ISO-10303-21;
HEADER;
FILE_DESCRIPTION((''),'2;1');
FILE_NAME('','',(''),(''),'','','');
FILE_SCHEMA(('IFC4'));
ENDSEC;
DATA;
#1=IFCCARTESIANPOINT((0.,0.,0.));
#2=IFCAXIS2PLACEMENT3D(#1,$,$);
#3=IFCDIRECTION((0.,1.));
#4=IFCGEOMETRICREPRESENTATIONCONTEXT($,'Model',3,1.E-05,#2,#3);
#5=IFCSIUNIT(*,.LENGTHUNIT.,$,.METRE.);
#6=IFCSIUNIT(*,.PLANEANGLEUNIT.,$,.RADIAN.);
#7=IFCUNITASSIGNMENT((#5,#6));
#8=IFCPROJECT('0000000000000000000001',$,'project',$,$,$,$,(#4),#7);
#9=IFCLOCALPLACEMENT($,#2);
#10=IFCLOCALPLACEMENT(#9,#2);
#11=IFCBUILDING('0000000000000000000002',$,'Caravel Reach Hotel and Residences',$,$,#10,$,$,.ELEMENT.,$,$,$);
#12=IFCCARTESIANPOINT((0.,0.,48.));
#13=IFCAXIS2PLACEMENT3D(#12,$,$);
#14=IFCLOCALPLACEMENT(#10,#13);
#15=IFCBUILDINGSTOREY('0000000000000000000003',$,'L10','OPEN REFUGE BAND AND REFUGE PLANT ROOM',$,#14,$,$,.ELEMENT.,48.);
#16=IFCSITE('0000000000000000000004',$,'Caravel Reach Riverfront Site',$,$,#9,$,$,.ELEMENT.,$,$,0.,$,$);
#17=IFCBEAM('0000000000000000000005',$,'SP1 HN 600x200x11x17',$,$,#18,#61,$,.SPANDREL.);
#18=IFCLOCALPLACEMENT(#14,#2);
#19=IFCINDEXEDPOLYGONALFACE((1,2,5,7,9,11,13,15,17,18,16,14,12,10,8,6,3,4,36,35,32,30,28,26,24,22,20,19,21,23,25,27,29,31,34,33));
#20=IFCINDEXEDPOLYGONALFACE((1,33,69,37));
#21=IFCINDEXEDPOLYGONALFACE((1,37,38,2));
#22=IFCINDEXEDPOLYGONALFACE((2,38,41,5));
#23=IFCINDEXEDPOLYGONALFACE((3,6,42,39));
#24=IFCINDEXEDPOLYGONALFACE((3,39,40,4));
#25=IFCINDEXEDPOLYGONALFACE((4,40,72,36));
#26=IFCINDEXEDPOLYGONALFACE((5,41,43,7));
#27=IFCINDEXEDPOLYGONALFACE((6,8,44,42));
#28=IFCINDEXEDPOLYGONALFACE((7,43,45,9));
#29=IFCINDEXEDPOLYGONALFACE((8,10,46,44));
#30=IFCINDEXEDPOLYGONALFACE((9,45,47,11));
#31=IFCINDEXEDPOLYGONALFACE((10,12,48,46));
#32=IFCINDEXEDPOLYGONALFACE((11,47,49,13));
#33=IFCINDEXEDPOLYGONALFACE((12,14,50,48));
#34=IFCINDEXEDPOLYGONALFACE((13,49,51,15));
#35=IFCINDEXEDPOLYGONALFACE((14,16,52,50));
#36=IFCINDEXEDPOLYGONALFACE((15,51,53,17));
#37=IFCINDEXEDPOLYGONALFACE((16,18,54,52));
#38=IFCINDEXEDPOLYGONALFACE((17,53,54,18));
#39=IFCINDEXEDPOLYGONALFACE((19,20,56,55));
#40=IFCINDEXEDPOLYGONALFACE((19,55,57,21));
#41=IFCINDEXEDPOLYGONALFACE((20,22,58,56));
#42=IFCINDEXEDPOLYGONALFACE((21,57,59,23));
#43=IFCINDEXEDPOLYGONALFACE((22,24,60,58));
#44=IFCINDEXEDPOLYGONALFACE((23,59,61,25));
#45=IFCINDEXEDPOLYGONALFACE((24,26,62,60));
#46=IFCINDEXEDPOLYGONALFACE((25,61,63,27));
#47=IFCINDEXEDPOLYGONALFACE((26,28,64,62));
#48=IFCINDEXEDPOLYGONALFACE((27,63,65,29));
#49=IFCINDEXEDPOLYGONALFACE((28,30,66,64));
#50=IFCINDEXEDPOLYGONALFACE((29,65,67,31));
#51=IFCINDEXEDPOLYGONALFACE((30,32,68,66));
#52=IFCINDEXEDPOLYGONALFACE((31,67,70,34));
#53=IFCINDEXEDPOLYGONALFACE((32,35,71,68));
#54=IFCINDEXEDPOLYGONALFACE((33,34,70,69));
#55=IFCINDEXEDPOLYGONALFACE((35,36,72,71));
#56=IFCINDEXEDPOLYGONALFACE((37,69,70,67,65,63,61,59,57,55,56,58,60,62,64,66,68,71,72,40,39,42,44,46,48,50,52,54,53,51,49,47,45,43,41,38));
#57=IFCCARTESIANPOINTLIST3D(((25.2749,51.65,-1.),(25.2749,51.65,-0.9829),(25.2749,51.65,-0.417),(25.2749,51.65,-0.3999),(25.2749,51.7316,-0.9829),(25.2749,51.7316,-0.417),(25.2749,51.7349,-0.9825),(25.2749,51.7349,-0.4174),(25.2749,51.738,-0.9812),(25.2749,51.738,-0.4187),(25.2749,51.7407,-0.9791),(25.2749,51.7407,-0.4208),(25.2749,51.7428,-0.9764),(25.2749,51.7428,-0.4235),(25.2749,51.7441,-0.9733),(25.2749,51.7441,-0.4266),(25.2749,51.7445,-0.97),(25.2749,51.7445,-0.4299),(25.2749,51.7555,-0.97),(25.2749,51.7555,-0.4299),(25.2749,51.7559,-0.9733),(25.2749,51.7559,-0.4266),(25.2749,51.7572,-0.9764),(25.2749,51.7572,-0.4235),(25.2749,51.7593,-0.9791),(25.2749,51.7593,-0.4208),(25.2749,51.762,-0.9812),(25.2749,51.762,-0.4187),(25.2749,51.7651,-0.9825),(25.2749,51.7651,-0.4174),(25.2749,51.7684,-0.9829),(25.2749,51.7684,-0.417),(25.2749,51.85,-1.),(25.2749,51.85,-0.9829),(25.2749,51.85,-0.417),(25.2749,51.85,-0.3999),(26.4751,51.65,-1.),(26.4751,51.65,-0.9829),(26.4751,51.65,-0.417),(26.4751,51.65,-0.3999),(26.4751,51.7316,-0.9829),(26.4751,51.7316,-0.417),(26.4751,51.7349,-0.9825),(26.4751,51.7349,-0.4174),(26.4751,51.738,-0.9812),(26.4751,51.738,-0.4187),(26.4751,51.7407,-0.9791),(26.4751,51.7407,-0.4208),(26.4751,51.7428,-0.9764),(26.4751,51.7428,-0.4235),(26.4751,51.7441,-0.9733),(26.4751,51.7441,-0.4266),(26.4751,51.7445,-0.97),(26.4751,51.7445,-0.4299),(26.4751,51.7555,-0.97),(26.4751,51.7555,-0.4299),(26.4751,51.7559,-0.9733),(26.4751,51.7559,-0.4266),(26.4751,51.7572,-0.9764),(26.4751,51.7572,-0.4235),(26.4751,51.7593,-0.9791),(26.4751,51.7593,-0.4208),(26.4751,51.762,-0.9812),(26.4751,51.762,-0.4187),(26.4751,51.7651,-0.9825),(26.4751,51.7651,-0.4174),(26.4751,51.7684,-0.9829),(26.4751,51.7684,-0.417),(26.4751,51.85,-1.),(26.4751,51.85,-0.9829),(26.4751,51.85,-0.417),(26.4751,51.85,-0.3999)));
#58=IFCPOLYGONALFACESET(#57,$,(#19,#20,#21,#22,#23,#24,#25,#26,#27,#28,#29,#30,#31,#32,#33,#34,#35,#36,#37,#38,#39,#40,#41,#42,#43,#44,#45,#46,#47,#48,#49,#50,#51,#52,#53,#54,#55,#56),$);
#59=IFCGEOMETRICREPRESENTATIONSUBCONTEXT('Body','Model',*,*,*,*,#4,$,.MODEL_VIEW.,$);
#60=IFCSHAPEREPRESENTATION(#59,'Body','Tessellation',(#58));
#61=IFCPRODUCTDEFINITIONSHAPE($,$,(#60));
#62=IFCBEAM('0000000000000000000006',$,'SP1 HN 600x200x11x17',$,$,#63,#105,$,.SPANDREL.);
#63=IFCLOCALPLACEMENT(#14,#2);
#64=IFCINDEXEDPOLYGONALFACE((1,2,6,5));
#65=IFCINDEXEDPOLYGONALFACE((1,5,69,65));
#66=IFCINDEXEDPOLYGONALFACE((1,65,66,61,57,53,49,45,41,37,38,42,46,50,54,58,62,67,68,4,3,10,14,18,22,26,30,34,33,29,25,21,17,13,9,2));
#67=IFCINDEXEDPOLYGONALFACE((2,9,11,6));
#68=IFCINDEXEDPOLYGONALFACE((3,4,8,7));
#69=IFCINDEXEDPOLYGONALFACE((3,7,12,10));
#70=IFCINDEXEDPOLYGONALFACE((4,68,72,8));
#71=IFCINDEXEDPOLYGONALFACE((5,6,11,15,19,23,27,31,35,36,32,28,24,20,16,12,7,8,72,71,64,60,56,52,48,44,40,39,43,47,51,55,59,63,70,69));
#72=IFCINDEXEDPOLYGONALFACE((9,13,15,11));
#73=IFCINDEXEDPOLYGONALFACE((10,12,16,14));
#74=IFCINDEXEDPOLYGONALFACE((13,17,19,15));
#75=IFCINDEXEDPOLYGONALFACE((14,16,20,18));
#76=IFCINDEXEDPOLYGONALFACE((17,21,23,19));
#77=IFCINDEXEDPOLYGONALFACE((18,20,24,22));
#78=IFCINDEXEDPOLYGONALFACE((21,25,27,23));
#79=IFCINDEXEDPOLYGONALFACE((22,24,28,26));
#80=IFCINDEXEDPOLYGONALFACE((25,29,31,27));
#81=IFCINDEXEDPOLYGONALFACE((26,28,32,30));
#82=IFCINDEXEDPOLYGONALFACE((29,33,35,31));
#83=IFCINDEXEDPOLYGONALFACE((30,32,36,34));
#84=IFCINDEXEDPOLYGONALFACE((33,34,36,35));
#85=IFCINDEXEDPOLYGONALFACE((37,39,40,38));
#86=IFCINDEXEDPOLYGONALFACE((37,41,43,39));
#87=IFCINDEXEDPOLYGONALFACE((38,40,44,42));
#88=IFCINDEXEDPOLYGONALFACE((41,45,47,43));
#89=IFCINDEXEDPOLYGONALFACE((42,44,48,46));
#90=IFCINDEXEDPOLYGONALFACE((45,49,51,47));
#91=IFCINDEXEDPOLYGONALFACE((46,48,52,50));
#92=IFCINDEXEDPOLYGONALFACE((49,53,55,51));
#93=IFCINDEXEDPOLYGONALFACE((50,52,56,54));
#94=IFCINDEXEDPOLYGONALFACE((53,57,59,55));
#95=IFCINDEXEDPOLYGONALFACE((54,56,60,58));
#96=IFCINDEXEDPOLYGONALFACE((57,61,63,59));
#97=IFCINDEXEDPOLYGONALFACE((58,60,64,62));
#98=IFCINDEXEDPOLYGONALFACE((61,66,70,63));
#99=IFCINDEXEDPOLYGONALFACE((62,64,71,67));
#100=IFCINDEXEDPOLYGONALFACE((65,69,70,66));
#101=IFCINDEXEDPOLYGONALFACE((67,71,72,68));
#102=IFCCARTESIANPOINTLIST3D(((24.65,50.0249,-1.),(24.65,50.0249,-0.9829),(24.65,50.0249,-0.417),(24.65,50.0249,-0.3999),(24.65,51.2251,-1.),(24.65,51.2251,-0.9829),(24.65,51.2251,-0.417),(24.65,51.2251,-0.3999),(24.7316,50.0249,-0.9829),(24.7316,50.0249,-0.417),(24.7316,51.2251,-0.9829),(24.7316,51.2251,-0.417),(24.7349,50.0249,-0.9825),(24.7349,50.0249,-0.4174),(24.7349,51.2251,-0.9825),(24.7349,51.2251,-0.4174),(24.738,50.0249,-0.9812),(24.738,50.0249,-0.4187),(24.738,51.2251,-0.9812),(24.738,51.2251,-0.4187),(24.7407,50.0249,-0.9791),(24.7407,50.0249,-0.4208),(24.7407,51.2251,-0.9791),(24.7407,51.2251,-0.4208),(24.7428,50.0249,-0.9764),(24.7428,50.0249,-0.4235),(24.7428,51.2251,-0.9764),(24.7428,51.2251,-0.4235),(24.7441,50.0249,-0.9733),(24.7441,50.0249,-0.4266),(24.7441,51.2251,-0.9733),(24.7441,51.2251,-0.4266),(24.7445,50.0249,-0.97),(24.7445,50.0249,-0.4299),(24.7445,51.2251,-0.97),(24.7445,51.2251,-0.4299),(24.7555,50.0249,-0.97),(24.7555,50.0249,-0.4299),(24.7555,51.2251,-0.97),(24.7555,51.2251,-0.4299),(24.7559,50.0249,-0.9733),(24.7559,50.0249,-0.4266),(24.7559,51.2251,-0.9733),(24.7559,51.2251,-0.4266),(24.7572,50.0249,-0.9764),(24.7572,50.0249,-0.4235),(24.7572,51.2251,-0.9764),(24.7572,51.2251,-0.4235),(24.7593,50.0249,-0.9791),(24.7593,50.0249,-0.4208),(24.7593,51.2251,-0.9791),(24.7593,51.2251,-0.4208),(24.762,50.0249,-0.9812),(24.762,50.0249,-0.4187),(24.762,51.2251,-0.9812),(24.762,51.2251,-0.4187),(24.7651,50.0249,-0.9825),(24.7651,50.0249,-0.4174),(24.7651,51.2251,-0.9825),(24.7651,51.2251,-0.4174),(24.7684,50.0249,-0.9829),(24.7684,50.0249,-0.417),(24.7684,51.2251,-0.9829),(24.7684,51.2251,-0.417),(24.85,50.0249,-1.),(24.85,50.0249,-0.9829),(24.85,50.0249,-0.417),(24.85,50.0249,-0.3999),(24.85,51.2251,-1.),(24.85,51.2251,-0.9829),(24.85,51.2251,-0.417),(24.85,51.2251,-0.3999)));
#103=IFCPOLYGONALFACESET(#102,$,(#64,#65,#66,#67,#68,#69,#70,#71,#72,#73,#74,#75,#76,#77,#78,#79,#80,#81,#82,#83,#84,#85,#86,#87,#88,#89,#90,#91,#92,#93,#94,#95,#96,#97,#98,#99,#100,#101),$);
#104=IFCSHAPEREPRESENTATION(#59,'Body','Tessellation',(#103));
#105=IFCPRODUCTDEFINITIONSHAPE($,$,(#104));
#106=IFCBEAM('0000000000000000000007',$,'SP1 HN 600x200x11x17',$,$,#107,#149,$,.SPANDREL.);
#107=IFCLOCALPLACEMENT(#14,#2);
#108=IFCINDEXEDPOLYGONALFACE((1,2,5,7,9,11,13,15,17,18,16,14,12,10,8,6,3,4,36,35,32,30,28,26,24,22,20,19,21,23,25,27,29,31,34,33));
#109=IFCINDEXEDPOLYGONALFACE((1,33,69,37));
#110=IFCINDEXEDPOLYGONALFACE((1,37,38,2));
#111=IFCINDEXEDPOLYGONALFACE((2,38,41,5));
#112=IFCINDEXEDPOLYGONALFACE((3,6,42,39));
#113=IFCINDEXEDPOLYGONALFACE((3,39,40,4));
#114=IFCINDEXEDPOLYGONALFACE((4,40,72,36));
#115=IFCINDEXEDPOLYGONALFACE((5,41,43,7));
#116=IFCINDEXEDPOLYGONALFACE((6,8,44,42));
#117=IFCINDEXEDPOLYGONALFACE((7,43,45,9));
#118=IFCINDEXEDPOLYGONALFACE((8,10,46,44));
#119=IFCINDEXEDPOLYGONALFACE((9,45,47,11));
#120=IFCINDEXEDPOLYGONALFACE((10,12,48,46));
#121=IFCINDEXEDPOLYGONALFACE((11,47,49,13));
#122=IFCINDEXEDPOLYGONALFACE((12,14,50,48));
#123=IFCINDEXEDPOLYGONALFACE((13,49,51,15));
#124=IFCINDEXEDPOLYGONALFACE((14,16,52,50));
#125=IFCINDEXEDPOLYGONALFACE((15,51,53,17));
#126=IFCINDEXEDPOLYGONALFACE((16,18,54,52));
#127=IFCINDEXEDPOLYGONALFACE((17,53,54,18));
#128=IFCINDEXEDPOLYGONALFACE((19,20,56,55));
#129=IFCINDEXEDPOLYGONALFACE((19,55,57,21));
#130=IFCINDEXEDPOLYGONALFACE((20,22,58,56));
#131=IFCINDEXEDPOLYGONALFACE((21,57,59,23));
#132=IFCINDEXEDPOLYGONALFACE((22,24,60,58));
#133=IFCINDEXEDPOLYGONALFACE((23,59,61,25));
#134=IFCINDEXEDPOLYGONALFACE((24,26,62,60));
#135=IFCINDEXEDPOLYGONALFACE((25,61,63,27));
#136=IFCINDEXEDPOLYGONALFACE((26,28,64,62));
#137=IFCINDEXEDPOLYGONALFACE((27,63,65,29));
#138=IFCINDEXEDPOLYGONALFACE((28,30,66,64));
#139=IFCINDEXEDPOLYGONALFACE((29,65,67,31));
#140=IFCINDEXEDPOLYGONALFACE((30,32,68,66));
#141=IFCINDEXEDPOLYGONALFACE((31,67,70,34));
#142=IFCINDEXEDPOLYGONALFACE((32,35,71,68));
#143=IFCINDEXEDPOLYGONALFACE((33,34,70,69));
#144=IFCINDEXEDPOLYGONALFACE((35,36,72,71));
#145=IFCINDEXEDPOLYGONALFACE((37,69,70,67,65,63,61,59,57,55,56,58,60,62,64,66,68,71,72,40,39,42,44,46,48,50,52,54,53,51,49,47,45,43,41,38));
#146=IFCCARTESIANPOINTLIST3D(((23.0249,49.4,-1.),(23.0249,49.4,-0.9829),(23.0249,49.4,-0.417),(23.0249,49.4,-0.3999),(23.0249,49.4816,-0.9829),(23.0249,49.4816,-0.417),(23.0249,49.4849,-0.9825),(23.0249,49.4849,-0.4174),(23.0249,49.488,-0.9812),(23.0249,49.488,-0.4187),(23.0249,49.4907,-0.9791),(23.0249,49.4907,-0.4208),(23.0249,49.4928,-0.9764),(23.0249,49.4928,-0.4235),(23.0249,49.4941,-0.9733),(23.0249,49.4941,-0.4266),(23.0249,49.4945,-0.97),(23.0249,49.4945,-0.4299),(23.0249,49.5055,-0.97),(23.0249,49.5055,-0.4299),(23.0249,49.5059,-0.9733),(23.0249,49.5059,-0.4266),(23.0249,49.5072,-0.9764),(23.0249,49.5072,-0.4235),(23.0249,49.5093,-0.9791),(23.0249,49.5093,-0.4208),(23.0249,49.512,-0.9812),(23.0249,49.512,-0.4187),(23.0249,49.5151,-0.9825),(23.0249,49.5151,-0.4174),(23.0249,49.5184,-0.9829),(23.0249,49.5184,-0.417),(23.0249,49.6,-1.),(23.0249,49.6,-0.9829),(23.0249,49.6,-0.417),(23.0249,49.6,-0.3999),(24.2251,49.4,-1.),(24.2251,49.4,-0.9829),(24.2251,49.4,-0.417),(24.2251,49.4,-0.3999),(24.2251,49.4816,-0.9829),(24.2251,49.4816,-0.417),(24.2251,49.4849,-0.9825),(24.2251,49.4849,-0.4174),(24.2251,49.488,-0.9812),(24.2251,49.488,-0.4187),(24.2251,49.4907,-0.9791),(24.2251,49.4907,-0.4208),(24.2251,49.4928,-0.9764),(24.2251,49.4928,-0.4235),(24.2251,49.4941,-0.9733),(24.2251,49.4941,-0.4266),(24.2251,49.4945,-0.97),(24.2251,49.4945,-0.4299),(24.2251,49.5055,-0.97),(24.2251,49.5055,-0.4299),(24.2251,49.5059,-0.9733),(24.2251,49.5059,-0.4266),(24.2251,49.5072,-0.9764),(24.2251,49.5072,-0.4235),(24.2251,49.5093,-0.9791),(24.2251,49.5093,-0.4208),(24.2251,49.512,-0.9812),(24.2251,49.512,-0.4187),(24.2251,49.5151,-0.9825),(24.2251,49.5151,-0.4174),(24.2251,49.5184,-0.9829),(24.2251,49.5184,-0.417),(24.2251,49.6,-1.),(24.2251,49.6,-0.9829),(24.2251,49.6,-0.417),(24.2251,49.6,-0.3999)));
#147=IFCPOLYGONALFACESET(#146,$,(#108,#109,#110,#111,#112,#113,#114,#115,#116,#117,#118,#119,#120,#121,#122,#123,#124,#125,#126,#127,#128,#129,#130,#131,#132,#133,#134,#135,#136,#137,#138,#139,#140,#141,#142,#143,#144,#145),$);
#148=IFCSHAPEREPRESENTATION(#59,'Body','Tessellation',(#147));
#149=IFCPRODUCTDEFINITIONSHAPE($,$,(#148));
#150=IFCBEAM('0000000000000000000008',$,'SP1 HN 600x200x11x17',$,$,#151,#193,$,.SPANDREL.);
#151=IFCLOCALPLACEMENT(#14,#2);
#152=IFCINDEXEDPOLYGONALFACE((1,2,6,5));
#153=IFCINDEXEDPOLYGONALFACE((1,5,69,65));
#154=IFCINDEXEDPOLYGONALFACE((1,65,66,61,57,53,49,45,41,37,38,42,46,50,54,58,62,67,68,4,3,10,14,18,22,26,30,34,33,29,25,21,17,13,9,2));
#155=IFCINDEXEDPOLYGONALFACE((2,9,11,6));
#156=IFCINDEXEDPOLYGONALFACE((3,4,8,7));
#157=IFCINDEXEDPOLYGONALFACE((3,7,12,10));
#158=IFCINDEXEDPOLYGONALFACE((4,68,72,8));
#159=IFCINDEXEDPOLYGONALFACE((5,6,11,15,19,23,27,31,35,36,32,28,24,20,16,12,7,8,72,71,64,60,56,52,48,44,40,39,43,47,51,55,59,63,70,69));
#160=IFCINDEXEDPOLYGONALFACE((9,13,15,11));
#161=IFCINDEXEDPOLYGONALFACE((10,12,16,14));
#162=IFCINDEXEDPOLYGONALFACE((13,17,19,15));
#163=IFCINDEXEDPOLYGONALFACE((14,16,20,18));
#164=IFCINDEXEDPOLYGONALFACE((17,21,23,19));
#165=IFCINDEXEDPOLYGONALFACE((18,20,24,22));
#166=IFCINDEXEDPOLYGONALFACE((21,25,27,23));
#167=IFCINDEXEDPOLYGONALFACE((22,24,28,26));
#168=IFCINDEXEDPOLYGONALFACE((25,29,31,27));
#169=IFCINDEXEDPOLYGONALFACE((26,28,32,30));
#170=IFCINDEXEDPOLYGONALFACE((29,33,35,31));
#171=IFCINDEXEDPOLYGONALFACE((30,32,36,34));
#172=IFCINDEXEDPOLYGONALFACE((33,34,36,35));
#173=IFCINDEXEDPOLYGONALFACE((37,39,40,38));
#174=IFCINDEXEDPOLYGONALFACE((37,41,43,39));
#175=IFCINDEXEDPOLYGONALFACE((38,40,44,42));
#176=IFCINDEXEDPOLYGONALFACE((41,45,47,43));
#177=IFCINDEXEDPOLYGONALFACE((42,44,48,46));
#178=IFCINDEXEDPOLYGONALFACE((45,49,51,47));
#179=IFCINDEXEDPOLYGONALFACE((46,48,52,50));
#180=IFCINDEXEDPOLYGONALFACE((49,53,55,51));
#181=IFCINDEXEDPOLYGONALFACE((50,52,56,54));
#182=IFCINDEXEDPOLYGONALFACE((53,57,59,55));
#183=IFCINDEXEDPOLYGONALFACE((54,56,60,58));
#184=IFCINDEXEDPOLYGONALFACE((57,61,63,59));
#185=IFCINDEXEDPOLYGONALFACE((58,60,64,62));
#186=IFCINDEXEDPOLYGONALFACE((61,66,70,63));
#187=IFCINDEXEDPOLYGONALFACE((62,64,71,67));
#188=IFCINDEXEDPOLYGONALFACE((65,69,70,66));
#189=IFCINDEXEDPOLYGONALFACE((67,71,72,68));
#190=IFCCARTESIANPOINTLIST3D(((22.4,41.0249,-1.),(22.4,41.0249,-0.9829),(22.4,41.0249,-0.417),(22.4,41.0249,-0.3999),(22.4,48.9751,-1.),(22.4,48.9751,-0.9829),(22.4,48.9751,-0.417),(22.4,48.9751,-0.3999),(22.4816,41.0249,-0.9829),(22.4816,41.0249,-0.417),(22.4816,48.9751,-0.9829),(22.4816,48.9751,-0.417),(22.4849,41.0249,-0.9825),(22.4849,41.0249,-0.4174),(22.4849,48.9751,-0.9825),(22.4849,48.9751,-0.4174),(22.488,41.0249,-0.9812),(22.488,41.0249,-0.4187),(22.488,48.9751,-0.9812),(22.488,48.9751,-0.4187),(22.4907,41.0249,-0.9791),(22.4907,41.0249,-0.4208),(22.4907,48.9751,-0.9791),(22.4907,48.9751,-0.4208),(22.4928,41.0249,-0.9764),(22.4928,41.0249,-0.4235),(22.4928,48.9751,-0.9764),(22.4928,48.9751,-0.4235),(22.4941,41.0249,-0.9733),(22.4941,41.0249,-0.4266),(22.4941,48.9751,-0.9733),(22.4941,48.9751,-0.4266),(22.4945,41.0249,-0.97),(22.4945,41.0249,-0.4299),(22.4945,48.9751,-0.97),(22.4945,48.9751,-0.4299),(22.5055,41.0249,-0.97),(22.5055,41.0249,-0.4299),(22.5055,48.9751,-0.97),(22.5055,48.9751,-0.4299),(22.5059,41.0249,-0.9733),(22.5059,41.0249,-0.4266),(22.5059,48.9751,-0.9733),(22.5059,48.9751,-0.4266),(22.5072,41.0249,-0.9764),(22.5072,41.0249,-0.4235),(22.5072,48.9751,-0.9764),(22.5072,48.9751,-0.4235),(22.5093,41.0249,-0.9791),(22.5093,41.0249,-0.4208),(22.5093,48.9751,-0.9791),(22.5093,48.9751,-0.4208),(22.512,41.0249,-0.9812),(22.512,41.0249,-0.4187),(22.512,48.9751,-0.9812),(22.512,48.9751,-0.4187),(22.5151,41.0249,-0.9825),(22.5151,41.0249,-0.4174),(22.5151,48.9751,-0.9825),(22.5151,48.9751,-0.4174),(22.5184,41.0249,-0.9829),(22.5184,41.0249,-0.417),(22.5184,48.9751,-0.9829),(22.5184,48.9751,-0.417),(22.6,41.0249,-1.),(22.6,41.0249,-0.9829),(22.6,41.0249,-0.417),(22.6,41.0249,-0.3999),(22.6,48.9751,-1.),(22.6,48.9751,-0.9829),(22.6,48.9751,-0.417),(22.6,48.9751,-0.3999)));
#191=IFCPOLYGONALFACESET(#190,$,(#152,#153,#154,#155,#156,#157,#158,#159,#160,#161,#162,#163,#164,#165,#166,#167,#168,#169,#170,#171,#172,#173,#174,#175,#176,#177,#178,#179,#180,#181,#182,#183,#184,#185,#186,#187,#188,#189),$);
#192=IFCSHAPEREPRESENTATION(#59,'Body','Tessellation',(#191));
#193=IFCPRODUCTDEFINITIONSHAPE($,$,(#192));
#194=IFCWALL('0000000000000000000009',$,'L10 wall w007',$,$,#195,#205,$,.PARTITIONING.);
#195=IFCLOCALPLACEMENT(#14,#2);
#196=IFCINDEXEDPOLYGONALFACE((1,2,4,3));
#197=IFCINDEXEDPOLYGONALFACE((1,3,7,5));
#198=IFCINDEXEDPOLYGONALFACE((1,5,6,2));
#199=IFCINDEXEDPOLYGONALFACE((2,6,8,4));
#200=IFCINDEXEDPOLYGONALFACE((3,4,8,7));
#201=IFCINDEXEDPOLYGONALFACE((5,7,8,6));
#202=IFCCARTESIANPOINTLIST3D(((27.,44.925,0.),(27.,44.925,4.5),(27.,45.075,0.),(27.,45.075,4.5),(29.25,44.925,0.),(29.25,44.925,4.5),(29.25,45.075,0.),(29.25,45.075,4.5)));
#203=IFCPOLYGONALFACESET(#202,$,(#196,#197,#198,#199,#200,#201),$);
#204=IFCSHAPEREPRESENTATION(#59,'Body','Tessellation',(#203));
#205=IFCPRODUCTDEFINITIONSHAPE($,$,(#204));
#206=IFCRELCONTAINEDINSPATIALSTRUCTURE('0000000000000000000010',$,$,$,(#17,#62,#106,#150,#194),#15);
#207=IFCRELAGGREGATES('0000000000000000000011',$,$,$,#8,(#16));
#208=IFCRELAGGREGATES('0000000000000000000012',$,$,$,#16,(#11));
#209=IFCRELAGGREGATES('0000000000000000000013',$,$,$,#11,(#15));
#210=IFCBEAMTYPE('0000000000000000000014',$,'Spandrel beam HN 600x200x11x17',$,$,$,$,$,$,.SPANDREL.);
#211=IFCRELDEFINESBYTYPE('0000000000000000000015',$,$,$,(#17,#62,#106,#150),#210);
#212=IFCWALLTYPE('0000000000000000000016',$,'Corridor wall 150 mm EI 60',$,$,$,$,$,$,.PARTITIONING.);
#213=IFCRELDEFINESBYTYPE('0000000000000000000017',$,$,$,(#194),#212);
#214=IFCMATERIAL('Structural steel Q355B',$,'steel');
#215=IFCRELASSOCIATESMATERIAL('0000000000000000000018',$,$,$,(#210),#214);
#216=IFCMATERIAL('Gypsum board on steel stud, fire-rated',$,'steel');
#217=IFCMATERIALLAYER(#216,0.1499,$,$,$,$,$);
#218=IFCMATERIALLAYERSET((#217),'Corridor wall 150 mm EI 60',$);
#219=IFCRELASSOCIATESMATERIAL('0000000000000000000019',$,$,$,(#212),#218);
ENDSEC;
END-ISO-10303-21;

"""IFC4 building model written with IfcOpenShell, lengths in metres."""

from ifc_helpers import new_model, si_unit, direction, frame, frame_2d, origin, origin_2d, place, context, subcontext, project, spatial, rectangle, i_section, extrude, material, layer, layer_set, material_profile, profile_set, type_object, element, save


model = new_model("IFC4")

# Units and contexts
model_context = context("Model", 3, precision=1e-05, world=origin(), true_north=direction((0.0, 1.0)))
body_context = subcontext(model_context, "Body", "Model", "MODEL_VIEW")
ifc_project = project(units=[si_unit("LENGTHUNIT", "METRE"), si_unit("PLANEANGLEUNIT", "RADIAN")], contexts=[model_context])

# Site, building, storey
site_placement = place(None, origin())
site = spatial("IfcSite", under=ifc_project, at=site_placement, Name="Caravel Reach Riverfront Site", CompositionType="ELEMENT", RefElevation=0.0)
building_placement = place(site_placement, origin())
building = spatial("IfcBuilding", under=site, at=building_placement, Name="Caravel Reach Hotel and Residences", CompositionType="ELEMENT")
storey_placement = place(building_placement, frame((0.0, 0.0, 48.0)))
storey = spatial("IfcBuildingStorey", under=building, at=storey_placement, Name="L10", Description="OPEN REFUGE BAND AND REFUGE PLANT ROOM", CompositionType="ELEMENT", Elevation=48.0)

# Beams
ifc_material_1 = material(Name="Structural steel Q355B", Category="steel")
ifc_material_profile_1 = material_profile(ifc_material_1, i_section(OverallWidth=0.2, OverallDepth=0.6001, WebThickness=0.011, FlangeThickness=0.0171, FilletRadius=0.0129, at=origin_2d()), Name="HN 600x200x11x17")
ifc_profile_set_1 = profile_set([ifc_material_profile_1], Name="Structural steel Q355B")
beam_type_1 = type_object("IfcBeamType", Name="Spandrel beam HN 600x200x11x17", PredefinedType="SPANDREL", material=ifc_profile_set_1)
for number, where, z_axis, x_axis, name in (
    (1, (26.4751, 51.75, -0.7), (-1.0, 0.0, 0.0), (0.0, -1.0, 0.0), "SP1 HN 600x200x11x17"),
    (2, (24.75, 51.2251, -0.7), (0.0, -1.0, 0.0), (1.0, 0.0, 0.0), "SP1 HN 600x200x11x17"),
    (3, (24.2251, 49.5, -0.7), (-1.0, 0.0, 0.0), (0.0, -1.0, 0.0), "SP1 HN 600x200x11x17"),
):
    element("IfcBeam", number, at=place(storey_placement, frame(where, z_axis=z_axis, x_axis=x_axis)), inside=storey, type_object=beam_type_1, Name=name, PredefinedType="SPANDREL", context=body_context, shape_type="SweptSolid", body=[
        extrude(i_section(OverallWidth=0.2, OverallDepth=0.6001, WebThickness=0.011, FlangeThickness=0.0171, FilletRadius=0.0129, at=origin_2d()), origin(), (0.0, 0.0, 1.0), 1.2002),
    ])
beam_1_placement = place(storey_placement, frame((22.5, 48.9751, -0.7), z_axis=(0.0, -1.0, 0.0), x_axis=(1.0, 0.0, 0.0)))
element("IfcBeam", 4, at=beam_1_placement, inside=storey, type_object=beam_type_1, Name="SP1 HN 600x200x11x17", PredefinedType="SPANDREL", context=body_context, shape_type="SweptSolid", body=[
    extrude(i_section(OverallWidth=0.2, OverallDepth=0.6001, WebThickness=0.011, FlangeThickness=0.0171, FilletRadius=0.0129, at=origin_2d()), origin(), (0.0, 0.0, 1.0), 7.9502),
])

# Wall
ifc_material_2 = material(Name="Gypsum board on steel stud, fire-rated", Category="steel")
ifc_layer = layer(ifc_material_2, 0.1499)
ifc_layer_set = layer_set([ifc_layer], Name="Corridor wall 150 mm EI 60")
wall_type = type_object("IfcWallType", Name="Corridor wall 150 mm EI 60", PredefinedType="PARTITIONING", material=ifc_layer_set)
wall_1_placement = place(storey_placement, frame((27.0, 45.0, 0.0), z_axis=(0.0, 0.0, 1.0), x_axis=(1.0, 0.0, 0.0)))
element("IfcWall", 5, at=wall_1_placement, inside=storey, type_object=wall_type, Name="L10 wall w007", PredefinedType="PARTITIONING", context=body_context, shape_type="SweptSolid", body=[
    extrude(rectangle(XDim=2.25, YDim=0.1499, at=frame_2d((1.125, 0.0))), origin(), (0.0, 0.0, 1.0), 4.5),
])

save(model, "model.ifc")
